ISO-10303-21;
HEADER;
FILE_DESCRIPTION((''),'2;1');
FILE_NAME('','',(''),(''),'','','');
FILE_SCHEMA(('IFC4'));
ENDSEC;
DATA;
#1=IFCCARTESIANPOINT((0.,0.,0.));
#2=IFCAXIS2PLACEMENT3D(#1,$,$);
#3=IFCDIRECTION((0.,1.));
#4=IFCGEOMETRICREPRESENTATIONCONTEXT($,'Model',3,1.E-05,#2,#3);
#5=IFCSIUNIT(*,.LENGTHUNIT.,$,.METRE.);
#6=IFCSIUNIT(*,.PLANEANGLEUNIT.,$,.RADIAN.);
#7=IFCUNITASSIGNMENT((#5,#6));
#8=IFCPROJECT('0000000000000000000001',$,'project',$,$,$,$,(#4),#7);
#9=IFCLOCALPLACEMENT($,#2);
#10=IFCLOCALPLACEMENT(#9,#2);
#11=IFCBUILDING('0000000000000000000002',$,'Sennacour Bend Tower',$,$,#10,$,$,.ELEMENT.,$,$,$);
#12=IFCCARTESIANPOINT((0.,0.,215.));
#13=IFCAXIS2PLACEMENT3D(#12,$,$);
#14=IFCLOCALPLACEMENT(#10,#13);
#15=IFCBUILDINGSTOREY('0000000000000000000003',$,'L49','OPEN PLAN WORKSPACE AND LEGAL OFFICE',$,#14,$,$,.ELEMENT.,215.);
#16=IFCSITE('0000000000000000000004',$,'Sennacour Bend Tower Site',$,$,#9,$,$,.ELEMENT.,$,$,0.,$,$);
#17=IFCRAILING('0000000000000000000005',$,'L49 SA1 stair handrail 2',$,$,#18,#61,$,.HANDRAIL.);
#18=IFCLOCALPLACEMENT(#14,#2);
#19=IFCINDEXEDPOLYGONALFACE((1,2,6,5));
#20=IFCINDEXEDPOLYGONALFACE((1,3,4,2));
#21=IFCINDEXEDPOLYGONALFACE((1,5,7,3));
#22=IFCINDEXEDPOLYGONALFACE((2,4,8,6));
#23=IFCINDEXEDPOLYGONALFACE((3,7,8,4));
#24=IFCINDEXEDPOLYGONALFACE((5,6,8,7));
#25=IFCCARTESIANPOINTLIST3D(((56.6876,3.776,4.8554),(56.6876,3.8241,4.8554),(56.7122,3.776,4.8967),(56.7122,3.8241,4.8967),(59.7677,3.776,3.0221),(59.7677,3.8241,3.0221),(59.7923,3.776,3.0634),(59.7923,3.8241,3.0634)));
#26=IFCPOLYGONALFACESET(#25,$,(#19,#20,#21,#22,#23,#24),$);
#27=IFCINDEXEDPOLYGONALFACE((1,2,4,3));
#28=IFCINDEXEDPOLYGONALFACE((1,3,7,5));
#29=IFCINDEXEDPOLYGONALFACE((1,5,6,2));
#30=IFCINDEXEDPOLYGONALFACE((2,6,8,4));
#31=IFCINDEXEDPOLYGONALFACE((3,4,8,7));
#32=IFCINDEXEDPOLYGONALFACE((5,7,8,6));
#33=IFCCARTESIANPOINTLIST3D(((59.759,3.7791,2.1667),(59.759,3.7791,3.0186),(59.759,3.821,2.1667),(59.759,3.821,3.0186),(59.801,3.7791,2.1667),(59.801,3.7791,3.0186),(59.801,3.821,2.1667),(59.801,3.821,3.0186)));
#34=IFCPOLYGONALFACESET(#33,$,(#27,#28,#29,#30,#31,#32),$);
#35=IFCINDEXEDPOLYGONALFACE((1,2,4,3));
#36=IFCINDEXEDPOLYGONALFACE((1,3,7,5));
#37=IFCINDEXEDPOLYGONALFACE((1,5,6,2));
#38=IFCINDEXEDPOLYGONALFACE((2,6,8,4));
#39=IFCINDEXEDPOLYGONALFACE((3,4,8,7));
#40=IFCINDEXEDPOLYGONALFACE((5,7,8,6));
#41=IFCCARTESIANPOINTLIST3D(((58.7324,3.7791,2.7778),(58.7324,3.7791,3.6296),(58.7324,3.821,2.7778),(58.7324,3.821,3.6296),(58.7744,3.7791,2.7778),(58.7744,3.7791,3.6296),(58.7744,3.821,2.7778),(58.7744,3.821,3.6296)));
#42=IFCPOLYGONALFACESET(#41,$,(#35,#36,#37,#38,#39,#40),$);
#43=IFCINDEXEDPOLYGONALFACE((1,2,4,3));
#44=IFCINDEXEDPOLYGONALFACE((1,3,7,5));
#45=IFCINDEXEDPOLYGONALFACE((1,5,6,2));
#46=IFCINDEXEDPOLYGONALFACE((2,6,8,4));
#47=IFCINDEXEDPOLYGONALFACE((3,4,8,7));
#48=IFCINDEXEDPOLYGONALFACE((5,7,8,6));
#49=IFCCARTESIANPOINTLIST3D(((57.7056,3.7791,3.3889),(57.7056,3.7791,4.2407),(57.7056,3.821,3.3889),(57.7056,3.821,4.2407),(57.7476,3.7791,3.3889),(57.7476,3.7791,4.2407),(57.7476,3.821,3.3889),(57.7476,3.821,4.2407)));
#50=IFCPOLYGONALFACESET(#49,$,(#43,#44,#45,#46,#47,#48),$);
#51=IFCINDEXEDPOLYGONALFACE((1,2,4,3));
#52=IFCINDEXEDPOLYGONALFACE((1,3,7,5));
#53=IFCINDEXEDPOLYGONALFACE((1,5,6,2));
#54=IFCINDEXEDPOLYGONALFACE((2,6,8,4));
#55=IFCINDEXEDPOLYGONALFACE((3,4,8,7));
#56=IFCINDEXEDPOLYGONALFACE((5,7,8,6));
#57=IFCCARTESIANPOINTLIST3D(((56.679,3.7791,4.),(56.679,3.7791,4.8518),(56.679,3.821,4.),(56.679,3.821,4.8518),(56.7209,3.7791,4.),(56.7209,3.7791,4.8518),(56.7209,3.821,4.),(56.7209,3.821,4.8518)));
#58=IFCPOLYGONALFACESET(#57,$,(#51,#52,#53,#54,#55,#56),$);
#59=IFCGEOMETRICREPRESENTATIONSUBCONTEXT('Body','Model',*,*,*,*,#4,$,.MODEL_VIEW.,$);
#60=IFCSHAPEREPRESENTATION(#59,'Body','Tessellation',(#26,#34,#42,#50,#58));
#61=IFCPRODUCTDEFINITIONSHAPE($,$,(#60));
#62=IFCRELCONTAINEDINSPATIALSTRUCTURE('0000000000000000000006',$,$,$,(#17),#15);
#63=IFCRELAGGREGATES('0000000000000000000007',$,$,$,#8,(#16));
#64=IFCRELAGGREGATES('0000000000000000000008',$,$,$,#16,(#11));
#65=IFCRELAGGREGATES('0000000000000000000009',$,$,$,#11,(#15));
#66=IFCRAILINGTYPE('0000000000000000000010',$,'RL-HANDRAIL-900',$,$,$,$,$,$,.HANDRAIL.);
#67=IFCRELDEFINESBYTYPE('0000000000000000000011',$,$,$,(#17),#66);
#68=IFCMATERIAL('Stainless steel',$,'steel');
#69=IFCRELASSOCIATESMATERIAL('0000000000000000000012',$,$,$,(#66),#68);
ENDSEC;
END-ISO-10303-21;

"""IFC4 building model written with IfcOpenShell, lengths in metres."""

from ifc_helpers import new_model, si_unit, direction, frame, origin, origin_2d, place, context, subcontext, project, spatial, rectangle, extrude, material, type_object, element, save


model = new_model("IFC4")

# Units and contexts
model_context = context("Model", 3, precision=1e-05, world=origin(), true_north=direction((0.0, 1.0)))
body_context = subcontext(model_context, "Body", "Model", "MODEL_VIEW")
ifc_project = project(units=[si_unit("LENGTHUNIT", "METRE"), si_unit("PLANEANGLEUNIT", "RADIAN")], contexts=[model_context])

# Site, building, storey
site_placement = place(None, origin())
site = spatial("IfcSite", under=ifc_project, at=site_placement, Name="Sennacour Bend Tower Site", CompositionType="ELEMENT", RefElevation=0.0)
building_placement = place(site_placement, origin())
building = spatial("IfcBuilding", under=site, at=building_placement, Name="Sennacour Bend Tower", CompositionType="ELEMENT")
storey_placement = place(building_placement, frame((0.0, 0.0, 215.0)))
storey = spatial("IfcBuildingStorey", under=building, at=storey_placement, Name="L49", Description="OPEN PLAN WORKSPACE AND LEGAL OFFICE", CompositionType="ELEMENT", Elevation=215.0)

# Railing
ifc_material_1 = material(Name="Stainless steel", Category="steel")
railing_type_1 = type_object("IfcRailingType", Name="RL-HANDRAIL-900", PredefinedType="HANDRAIL", material=ifc_material_1)
railing_1_placement = place(storey_placement, frame((59.78, 3.8, 2.1667)))
element("IfcRailing", 1, at=railing_1_placement, inside=storey, type_object=railing_type_1, Name="L49 SA1 stair handrail 2", PredefinedType="HANDRAIL", context=body_context, shape_type="SweptSolid", body=[
    extrude(rectangle(XDim=0.0481, YDim=0.0481, at=origin_2d()), frame((0.0, 0.0, 0.876), z_axis=(-0.859309, 0.0, 0.511458), x_axis=(0.0, -1.0, 0.0)), (0.0, 0.0, 1.0), 3.5845),
    extrude(rectangle(XDim=0.042, YDim=0.042, at=origin_2d()), origin(), (0.0, 0.0, 1.0), 0.8518),
    extrude(rectangle(XDim=0.042, YDim=0.042, at=origin_2d()), frame((-1.0266, 0.0, 0.6111)), (0.0, 0.0, 1.0), 0.8518),
    extrude(rectangle(XDim=0.042, YDim=0.042, at=origin_2d()), frame((-2.0535, 0.0, 1.2222)), (0.0, 0.0, 1.0), 0.8518),
    extrude(rectangle(XDim=0.042, YDim=0.042, at=origin_2d()), frame((-3.0801, 0.0, 1.8333)), (0.0, 0.0, 1.0), 0.8518),
])

save(model, "model.ifc")
